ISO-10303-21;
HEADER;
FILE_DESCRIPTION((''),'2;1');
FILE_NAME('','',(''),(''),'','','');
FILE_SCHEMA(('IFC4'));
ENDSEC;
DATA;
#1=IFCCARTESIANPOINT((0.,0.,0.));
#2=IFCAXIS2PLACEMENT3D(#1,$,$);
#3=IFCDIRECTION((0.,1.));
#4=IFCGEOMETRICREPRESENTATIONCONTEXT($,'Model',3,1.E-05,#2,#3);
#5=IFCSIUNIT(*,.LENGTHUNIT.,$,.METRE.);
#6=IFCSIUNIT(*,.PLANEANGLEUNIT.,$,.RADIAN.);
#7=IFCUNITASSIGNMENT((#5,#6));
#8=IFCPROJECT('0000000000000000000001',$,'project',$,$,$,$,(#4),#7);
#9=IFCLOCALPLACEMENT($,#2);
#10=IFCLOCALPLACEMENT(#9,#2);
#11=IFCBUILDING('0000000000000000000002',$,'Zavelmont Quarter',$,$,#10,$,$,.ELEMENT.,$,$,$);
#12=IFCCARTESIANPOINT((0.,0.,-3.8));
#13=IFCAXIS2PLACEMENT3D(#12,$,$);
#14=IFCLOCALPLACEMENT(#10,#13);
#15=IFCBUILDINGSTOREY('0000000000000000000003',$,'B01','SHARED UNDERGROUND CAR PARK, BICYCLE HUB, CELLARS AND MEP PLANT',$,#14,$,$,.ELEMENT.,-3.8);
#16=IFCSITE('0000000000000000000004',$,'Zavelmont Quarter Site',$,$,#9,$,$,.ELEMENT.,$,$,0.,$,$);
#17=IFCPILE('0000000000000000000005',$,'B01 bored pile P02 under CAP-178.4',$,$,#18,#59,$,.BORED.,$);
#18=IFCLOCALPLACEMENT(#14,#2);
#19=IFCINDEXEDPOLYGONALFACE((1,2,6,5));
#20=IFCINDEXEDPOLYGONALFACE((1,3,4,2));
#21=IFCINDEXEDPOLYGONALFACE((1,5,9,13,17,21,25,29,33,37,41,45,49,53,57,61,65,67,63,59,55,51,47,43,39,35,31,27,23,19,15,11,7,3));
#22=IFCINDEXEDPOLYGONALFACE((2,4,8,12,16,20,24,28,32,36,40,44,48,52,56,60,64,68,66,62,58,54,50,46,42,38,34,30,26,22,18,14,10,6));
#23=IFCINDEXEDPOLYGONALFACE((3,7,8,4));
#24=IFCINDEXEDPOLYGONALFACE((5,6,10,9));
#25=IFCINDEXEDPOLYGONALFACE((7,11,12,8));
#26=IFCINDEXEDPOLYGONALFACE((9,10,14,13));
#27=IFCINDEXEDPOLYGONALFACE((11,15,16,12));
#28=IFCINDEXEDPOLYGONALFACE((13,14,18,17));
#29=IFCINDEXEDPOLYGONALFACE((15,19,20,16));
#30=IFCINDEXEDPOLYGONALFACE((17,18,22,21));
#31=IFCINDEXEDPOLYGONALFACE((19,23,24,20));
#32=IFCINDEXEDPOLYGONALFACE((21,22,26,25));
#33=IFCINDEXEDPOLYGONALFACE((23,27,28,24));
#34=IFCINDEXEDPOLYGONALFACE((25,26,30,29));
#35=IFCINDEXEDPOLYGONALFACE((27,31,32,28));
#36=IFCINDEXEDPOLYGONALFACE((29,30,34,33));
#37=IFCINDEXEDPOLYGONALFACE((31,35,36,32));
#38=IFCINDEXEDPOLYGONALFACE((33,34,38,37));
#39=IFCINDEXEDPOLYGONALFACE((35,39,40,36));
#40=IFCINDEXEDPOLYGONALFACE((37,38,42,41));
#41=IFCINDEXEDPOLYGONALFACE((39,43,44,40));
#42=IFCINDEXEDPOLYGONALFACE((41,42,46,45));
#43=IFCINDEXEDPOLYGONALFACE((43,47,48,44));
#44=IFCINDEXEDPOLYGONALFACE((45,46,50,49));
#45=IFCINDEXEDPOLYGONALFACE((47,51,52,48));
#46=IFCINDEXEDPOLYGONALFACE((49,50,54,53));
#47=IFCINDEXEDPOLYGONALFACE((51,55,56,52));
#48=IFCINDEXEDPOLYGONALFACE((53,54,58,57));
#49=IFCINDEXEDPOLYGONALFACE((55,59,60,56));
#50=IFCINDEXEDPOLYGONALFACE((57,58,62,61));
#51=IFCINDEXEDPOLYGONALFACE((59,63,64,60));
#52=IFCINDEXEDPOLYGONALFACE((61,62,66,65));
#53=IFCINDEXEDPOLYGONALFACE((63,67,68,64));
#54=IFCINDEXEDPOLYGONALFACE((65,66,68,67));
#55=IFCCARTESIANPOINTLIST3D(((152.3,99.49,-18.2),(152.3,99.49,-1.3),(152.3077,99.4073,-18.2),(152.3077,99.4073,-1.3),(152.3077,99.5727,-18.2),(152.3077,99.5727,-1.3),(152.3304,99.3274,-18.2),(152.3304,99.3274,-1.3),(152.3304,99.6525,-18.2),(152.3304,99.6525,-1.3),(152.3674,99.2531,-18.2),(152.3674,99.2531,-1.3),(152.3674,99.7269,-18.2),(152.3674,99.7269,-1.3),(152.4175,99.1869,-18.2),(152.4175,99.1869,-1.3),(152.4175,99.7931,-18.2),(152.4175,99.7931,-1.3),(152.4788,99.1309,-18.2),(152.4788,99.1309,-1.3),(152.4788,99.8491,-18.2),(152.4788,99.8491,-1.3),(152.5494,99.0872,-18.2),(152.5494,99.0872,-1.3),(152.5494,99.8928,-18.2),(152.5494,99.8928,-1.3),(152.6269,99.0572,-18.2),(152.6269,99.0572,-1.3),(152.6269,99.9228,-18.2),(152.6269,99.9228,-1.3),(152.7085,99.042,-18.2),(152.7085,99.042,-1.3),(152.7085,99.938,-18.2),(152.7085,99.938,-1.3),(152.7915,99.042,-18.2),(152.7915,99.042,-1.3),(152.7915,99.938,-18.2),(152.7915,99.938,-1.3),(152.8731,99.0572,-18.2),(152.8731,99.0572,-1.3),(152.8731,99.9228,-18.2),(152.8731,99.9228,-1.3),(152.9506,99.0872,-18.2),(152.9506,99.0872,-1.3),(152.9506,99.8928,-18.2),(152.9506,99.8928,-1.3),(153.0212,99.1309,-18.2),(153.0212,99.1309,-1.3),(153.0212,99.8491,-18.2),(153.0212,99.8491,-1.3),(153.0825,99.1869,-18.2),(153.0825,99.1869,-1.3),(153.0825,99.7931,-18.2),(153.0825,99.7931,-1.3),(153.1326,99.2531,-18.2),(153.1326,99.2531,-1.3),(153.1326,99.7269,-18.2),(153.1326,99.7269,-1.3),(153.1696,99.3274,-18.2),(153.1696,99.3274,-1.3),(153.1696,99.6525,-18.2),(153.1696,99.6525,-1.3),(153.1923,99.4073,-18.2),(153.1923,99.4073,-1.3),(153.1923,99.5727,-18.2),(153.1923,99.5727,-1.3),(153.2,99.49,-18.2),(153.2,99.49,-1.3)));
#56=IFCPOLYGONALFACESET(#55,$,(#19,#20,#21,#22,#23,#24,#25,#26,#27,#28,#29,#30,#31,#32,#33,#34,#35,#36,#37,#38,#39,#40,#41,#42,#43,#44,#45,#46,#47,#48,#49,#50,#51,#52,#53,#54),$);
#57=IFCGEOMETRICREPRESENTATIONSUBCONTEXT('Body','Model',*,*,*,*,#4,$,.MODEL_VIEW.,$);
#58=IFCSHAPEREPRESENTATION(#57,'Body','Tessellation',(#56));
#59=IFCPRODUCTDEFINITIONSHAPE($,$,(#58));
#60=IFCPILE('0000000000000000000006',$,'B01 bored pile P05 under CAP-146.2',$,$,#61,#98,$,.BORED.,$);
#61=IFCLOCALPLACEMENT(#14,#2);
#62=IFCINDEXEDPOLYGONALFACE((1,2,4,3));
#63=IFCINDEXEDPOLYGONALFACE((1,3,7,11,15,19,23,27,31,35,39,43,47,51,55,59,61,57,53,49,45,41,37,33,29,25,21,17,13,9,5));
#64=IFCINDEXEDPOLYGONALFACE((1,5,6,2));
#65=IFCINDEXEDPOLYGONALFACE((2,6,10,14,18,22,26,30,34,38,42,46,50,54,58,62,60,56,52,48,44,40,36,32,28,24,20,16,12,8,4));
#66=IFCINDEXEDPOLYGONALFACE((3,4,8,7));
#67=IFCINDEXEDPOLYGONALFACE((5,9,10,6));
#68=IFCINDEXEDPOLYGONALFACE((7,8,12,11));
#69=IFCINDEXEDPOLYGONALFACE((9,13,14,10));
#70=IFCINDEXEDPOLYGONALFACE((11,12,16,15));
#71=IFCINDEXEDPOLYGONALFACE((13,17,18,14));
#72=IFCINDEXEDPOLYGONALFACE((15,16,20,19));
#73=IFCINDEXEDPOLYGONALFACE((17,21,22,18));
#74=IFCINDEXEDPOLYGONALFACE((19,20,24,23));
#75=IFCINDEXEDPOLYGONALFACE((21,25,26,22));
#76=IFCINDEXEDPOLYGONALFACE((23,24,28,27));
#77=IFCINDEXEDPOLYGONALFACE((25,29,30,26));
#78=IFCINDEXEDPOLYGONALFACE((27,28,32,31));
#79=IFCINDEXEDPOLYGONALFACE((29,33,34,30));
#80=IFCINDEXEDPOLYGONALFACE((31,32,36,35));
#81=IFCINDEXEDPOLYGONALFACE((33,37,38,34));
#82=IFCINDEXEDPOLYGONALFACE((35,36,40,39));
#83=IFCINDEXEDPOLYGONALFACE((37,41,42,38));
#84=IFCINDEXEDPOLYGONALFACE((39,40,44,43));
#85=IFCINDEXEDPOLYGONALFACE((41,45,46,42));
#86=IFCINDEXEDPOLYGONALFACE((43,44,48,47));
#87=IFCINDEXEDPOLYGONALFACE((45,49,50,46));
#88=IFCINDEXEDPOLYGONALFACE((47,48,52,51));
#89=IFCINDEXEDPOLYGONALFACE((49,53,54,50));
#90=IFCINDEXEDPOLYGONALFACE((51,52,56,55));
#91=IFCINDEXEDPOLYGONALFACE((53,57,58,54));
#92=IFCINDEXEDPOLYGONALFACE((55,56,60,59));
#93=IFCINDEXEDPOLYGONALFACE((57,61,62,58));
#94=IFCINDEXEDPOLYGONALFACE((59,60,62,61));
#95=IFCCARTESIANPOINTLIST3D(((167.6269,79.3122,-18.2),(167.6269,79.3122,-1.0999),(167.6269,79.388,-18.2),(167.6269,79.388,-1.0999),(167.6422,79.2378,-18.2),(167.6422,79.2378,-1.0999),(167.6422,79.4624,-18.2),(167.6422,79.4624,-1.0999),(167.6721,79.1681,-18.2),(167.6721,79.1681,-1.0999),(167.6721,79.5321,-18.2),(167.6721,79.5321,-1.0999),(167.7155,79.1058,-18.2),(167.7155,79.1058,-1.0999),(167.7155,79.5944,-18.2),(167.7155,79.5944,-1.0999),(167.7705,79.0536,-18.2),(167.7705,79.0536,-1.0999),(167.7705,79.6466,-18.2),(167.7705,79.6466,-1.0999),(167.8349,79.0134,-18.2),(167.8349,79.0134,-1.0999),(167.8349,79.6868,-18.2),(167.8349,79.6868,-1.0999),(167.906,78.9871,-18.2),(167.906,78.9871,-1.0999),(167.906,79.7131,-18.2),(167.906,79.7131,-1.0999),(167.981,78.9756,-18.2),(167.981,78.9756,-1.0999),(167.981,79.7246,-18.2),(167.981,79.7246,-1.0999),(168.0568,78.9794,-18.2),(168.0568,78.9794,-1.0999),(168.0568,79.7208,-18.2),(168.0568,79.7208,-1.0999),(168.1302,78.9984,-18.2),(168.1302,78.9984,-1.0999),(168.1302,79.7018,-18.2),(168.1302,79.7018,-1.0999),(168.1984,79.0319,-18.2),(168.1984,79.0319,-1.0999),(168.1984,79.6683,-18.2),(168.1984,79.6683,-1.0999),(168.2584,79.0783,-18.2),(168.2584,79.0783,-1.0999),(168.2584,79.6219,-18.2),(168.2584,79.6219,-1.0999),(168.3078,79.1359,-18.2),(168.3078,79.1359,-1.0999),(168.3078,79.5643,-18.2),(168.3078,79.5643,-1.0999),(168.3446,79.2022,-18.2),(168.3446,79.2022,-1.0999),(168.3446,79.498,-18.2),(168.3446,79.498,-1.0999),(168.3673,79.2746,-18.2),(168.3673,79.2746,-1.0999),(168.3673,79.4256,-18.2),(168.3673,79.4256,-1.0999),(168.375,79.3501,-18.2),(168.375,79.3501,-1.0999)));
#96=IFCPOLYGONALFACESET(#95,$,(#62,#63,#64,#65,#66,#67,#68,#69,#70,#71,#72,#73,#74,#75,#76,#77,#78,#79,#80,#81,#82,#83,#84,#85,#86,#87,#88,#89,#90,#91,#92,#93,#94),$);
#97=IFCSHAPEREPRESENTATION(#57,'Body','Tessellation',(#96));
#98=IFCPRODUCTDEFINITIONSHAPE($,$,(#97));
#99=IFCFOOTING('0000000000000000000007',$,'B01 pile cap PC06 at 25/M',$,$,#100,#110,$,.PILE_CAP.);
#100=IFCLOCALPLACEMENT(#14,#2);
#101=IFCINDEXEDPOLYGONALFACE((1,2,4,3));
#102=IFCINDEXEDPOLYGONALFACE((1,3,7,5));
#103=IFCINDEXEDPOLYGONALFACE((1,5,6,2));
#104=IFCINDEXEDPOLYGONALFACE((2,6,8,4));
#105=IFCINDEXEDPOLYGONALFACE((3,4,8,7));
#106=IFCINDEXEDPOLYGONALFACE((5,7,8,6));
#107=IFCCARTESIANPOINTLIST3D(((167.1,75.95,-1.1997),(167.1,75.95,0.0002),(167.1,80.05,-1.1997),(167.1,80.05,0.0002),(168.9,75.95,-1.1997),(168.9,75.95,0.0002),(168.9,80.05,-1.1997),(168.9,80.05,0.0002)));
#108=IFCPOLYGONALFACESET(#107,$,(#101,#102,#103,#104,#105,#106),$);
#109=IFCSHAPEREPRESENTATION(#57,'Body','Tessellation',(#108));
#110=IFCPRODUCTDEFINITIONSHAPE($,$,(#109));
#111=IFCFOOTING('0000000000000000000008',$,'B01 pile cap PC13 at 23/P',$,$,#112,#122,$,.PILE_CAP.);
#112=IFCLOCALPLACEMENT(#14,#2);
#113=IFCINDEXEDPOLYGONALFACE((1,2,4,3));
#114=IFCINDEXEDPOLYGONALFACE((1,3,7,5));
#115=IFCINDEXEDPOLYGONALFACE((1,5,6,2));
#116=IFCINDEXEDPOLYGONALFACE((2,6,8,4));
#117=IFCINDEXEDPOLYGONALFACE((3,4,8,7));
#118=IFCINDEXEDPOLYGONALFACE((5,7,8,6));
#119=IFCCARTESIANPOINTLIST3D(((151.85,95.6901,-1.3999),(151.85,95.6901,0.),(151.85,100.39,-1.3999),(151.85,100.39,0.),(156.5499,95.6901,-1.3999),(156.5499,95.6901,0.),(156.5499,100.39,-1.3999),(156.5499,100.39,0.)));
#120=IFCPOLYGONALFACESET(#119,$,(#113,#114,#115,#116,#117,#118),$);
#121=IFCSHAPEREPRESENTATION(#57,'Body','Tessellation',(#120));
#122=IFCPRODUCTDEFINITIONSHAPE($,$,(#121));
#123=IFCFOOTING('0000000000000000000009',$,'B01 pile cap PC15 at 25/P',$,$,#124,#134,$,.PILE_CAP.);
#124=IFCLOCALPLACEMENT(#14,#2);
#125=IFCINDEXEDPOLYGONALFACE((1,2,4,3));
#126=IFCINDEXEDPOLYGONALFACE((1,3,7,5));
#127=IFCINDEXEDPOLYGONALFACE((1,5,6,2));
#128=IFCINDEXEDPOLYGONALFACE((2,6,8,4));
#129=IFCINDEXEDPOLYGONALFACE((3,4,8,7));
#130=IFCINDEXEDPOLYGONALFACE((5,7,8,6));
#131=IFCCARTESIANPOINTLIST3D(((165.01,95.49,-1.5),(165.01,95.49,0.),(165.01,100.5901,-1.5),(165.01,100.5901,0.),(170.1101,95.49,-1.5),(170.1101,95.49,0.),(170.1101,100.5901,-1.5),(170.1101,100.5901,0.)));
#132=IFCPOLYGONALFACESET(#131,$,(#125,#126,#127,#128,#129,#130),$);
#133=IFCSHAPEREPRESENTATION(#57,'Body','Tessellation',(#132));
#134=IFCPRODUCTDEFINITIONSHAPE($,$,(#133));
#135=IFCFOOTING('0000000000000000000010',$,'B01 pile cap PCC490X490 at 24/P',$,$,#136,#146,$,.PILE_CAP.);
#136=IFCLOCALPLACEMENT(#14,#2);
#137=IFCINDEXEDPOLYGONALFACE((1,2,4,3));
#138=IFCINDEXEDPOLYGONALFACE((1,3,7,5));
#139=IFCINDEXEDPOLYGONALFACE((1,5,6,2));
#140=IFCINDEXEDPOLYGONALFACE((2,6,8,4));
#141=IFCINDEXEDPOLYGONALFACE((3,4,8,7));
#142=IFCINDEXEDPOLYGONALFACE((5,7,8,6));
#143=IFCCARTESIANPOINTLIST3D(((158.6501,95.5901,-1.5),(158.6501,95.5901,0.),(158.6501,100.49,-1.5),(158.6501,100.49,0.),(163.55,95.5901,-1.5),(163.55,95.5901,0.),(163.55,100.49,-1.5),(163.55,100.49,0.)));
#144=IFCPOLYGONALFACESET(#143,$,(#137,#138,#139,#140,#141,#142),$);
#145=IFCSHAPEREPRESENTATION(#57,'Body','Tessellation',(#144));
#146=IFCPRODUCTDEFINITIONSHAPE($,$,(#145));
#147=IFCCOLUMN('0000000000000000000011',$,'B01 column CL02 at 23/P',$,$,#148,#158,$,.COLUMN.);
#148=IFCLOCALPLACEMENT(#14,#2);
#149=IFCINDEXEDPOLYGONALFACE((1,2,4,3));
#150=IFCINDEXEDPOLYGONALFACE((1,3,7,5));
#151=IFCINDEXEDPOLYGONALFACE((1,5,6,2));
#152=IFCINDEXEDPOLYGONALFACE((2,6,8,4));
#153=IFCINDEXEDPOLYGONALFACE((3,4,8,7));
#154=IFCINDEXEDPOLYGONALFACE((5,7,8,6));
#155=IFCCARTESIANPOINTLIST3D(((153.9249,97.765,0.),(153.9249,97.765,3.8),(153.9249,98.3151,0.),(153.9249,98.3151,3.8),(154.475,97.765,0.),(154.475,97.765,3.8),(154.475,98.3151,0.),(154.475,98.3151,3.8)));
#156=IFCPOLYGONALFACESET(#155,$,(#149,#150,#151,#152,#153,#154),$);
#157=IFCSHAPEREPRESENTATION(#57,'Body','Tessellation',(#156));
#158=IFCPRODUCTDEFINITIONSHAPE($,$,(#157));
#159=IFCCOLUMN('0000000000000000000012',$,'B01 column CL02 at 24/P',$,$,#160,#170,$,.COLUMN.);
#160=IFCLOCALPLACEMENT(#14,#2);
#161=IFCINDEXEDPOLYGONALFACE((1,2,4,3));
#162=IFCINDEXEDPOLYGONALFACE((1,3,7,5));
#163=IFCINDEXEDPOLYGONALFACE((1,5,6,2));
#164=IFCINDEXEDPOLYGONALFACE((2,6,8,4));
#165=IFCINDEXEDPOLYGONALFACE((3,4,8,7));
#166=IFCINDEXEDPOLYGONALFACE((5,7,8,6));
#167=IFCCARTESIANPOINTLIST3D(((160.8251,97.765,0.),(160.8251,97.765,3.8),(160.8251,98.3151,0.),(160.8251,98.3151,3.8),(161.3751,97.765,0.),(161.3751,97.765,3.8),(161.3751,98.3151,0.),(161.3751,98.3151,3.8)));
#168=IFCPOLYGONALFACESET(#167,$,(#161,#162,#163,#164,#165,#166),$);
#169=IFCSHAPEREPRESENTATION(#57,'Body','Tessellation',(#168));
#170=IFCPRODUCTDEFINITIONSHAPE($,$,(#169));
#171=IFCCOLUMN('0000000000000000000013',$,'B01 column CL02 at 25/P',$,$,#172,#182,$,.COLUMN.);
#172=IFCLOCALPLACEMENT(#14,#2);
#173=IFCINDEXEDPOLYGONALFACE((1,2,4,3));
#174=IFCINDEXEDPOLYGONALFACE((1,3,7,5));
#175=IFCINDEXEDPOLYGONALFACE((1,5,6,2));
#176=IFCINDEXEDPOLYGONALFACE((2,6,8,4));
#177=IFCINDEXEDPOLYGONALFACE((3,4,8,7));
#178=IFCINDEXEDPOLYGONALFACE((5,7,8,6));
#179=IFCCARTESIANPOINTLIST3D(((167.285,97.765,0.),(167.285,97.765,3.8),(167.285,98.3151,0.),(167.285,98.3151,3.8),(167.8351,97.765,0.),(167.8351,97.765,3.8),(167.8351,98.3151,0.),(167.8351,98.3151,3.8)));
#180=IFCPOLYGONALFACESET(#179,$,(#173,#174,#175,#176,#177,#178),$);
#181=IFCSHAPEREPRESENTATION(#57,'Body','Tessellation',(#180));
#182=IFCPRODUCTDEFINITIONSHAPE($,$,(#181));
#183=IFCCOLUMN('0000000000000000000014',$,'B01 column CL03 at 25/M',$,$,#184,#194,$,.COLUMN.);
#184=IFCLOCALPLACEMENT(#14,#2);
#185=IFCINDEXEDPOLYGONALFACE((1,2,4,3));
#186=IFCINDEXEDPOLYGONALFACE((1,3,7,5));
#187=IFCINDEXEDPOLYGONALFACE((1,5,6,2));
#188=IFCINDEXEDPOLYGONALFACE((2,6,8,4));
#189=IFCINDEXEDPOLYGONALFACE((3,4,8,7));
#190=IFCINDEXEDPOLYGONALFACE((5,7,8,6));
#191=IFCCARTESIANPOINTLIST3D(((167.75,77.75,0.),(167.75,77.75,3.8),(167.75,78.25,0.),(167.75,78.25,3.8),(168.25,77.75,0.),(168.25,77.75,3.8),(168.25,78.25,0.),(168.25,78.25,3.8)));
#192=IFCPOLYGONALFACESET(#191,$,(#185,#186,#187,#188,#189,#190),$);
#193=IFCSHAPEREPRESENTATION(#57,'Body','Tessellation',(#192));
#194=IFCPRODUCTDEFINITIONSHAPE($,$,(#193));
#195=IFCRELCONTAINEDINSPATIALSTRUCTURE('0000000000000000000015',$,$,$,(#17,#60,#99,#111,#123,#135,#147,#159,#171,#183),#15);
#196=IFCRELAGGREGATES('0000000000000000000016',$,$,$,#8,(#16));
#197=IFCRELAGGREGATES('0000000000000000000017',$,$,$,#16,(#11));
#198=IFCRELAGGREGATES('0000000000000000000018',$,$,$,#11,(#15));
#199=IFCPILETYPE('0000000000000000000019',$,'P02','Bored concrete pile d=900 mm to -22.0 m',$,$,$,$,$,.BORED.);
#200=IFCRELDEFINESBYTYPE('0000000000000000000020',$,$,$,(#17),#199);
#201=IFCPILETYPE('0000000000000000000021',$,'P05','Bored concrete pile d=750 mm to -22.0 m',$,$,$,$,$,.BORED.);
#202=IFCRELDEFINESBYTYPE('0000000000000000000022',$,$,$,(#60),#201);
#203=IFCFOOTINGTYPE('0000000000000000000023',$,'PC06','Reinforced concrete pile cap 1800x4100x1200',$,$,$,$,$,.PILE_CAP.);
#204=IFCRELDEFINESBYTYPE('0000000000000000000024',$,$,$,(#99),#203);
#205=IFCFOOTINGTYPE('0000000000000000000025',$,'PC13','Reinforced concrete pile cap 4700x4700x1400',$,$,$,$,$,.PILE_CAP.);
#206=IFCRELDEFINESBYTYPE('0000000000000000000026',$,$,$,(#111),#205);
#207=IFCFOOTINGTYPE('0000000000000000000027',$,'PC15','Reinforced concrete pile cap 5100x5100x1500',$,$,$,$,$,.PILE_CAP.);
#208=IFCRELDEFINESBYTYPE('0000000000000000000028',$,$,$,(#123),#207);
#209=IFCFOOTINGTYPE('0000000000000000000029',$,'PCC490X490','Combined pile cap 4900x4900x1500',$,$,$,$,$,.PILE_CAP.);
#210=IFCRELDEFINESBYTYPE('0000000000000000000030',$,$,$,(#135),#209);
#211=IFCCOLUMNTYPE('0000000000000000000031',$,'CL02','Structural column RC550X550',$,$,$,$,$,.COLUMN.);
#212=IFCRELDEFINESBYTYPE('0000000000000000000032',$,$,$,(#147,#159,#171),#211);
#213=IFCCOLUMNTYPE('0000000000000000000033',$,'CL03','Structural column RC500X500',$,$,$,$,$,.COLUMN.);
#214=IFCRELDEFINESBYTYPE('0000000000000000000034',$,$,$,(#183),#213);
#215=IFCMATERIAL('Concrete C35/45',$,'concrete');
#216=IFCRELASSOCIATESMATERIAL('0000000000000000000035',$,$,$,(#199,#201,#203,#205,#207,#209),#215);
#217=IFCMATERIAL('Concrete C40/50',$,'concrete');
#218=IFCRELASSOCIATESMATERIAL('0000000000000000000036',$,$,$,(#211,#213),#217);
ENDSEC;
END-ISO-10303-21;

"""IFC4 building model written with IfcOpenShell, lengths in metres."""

from ifc_helpers import new_model, si_unit, direction, frame, origin, origin_2d, place, context, subcontext, project, spatial, rectangle, circle, extrude, material, material_profile, profile_set, type_object, element, save


model = new_model("IFC4")

# Units and contexts
model_context = context("Model", 3, precision=1e-05, world=origin(), true_north=direction((0.0, 1.0)))
body_context = subcontext(model_context, "Body", "Model", "MODEL_VIEW")
ifc_project = project(units=[si_unit("LENGTHUNIT", "METRE"), si_unit("PLANEANGLEUNIT", "RADIAN")], contexts=[model_context])

# Site, building, storey
site_placement = place(None, origin())
site = spatial("IfcSite", under=ifc_project, at=site_placement, Name="Zavelmont Quarter Site", CompositionType="ELEMENT", RefElevation=0.0)
building_placement = place(site_placement, origin())
building = spatial("IfcBuilding", under=site, at=building_placement, Name="Zavelmont Quarter", CompositionType="ELEMENT")
storey_placement = place(building_placement, frame((0.0, 0.0, -3.8)))
storey = spatial("IfcBuildingStorey", under=building, at=storey_placement, Name="B01", Description="SHARED UNDERGROUND CAR PARK, BICYCLE HUB, CELLARS AND MEP PLANT", CompositionType="ELEMENT", Elevation=-3.8)

# Shared definitions
ifc_material_1 = material(Name="Concrete C35/45", Category="concrete")

# Piles
ifc_material_profile_1 = material_profile(ifc_material_1, circle(Radius=0.45, at=origin_2d()), Name="BP900")
ifc_profile_set_1 = profile_set([ifc_material_profile_1], Name="Concrete C35/45")
pile_type_1 = type_object("IfcPileType", Name="P02", Description="Bored concrete pile d=900 mm to -22.0 m", PredefinedType="BORED", material=ifc_profile_set_1)
for number, where, z_axis, x_axis, name in (
    (1, (152.75, 99.49, -1.3), (0.0, 0.0, -1.0), (1.0, 0.0, 0.0), "B01 bored pile P02 under CAP-178.4"),
):
    element("IfcPile", number, at=place(storey_placement, frame(where, z_axis=z_axis, x_axis=x_axis)), inside=storey, type_object=pile_type_1, Name=name, PredefinedType="BORED", context=body_context, shape_type="SweptSolid", body=[
        extrude(circle(Radius=0.45, at=origin_2d()), origin(), (0.0, 0.0, 1.0), 16.8999),
    ])
ifc_material_profile_2 = material_profile(ifc_material_1, circle(Radius=0.375, at=origin_2d()), Name="BP750")
ifc_profile_set_2 = profile_set([ifc_material_profile_2], Name="Concrete C35/45")
pile_type_2 = type_object("IfcPileType", Name="P05", Description="Bored concrete pile d=750 mm to -22.0 m", PredefinedType="BORED", material=ifc_profile_set_2)
pile_placement = place(storey_placement, frame((168.0, 79.3501, -1.0999), z_axis=(0.0, 0.0, -1.0), x_axis=(1.0, 0.0, 0.0)))
element("IfcPile", 2, at=pile_placement, inside=storey, type_object=pile_type_2, Name="B01 bored pile P05 under CAP-146.2", PredefinedType="BORED", context=body_context, shape_type="SweptSolid", body=[
    extrude(circle(Radius=0.375, at=origin_2d()), origin(), (0.0, 0.0, 1.0), 17.1001),
])

# Footings
footing_type_1 = type_object("IfcFootingType", Name="PC06", Description="Reinforced concrete pile cap 1800x4100x1200", PredefinedType="PILE_CAP", material=ifc_material_1)
footing_1_placement = place(storey_placement, frame((168.0, 78.0, -1.1997), z_axis=(0.0, 0.0, 1.0), x_axis=(1.0, 0.0, 0.0)))
element("IfcFooting", 3, at=footing_1_placement, inside=storey, type_object=footing_type_1, Name="B01 pile cap PC06 at 25/M", PredefinedType="PILE_CAP", context=body_context, shape_type="SweptSolid", body=[
    extrude(rectangle(XDim=1.8, YDim=4.1001, at=origin_2d()), origin(), (0.0, 0.0, 1.0), 1.2),
])
footing_type_2 = type_object("IfcFootingType", Name="PC13", Description="Reinforced concrete pile cap 4700x4700x1400", PredefinedType="PILE_CAP", material=ifc_material_1)
footing_2_placement = place(storey_placement, frame((154.2, 98.04, -1.3999), z_axis=(0.0, 0.0, 1.0), x_axis=(1.0, 0.0, 0.0)))
element("IfcFooting", 4, at=footing_2_placement, inside=storey, type_object=footing_type_2, Name="B01 pile cap PC13 at 23/P", PredefinedType="PILE_CAP", context=body_context, shape_type="SweptSolid", body=[
    extrude(rectangle(XDim=4.7, YDim=4.7, at=origin_2d()), origin(), (0.0, 0.0, 1.0), 1.3999),
])
footing_type_3 = type_object("IfcFootingType", Name="PC15", Description="Reinforced concrete pile cap 5100x5100x1500", PredefinedType="PILE_CAP", material=ifc_material_1)
footing_3_placement = place(storey_placement, frame((167.5601, 98.04, -1.5), z_axis=(0.0, 0.0, 1.0), x_axis=(1.0, 0.0, 0.0)))
element("IfcFooting", 5, at=footing_3_placement, inside=storey, type_object=footing_type_3, Name="B01 pile cap PC15 at 25/P", PredefinedType="PILE_CAP", context=body_context, shape_type="SweptSolid", body=[
    extrude(rectangle(XDim=5.1001, YDim=5.1001, at=origin_2d()), origin(), (0.0, 0.0, 1.0), 1.5),
])
footing_type_4 = type_object("IfcFootingType", Name="PCC490X490", Description="Combined pile cap 4900x4900x1500", PredefinedType="PILE_CAP", material=ifc_material_1)
footing_4_placement = place(storey_placement, frame((161.1001, 98.04, -1.5), z_axis=(0.0, 0.0, 1.0), x_axis=(1.0, 0.0, 0.0)))
element("IfcFooting", 6, at=footing_4_placement, inside=storey, type_object=footing_type_4, Name="B01 pile cap PCC490X490 at 24/P", PredefinedType="PILE_CAP", context=body_context, shape_type="SweptSolid", body=[
    extrude(rectangle(XDim=4.8999, YDim=4.8999, at=origin_2d()), origin(), (0.0, 0.0, 1.0), 1.5),
])

# Columns
ifc_material_2 = material(Name="Concrete C40/50", Category="concrete")
ifc_material_profile_3 = material_profile(ifc_material_2, rectangle(XDim=0.55, YDim=0.55, at=origin_2d()), Name="RC550X550")
ifc_profile_set_3 = profile_set([ifc_material_profile_3], Name="Concrete C40/50")
column_type_1 = type_object("IfcColumnType", Name="CL02", Description="Structural column RC550X550", PredefinedType="COLUMN", material=ifc_profile_set_3)
for number, where, z_axis, x_axis, name in (
    (7, (154.2, 98.04, 0.0), (0.0, 0.0, 1.0), (1.0, 0.0, 0.0), "B01 column CL02 at 23/P"),
    (8, (161.1001, 98.04, 0.0), (0.0, 0.0, 1.0), (1.0, 0.0, 0.0), "B01 column CL02 at 24/P"),
    (9, (167.5601, 98.04, 0.0), (0.0, 0.0, 1.0), (1.0, 0.0, 0.0), "B01 column CL02 at 25/P"),
):
    element("IfcColumn", number, at=place(storey_placement, frame(where, z_axis=z_axis, x_axis=x_axis)), inside=storey, type_object=column_type_1, Name=name, PredefinedType="COLUMN", context=body_context, shape_type="SweptSolid", body=[
        extrude(rectangle(XDim=0.55, YDim=0.55, at=origin_2d()), origin(), (0.0, 0.0, 1.0), 3.8),
    ])
ifc_material_profile_4 = material_profile(ifc_material_2, rectangle(XDim=0.5, YDim=0.5, at=origin_2d()), Name="RC500X500")
ifc_profile_set_4 = profile_set([ifc_material_profile_4], Name="Concrete C40/50")
column_type_2 = type_object("IfcColumnType", Name="CL03", Description="Structural column RC500X500", PredefinedType="COLUMN", material=ifc_profile_set_4)
column_placement = place(storey_placement, frame((168.0, 78.0, 0.0), z_axis=(0.0, 0.0, 1.0), x_axis=(1.0, 0.0, 0.0)))
element("IfcColumn", 10, at=column_placement, inside=storey, type_object=column_type_2, Name="B01 column CL03 at 25/M", PredefinedType="COLUMN", context=body_context, shape_type="SweptSolid", body=[
    extrude(rectangle(XDim=0.5, YDim=0.5, at=origin_2d()), origin(), (0.0, 0.0, 1.0), 3.8),
])

save(model, "model.ifc")
